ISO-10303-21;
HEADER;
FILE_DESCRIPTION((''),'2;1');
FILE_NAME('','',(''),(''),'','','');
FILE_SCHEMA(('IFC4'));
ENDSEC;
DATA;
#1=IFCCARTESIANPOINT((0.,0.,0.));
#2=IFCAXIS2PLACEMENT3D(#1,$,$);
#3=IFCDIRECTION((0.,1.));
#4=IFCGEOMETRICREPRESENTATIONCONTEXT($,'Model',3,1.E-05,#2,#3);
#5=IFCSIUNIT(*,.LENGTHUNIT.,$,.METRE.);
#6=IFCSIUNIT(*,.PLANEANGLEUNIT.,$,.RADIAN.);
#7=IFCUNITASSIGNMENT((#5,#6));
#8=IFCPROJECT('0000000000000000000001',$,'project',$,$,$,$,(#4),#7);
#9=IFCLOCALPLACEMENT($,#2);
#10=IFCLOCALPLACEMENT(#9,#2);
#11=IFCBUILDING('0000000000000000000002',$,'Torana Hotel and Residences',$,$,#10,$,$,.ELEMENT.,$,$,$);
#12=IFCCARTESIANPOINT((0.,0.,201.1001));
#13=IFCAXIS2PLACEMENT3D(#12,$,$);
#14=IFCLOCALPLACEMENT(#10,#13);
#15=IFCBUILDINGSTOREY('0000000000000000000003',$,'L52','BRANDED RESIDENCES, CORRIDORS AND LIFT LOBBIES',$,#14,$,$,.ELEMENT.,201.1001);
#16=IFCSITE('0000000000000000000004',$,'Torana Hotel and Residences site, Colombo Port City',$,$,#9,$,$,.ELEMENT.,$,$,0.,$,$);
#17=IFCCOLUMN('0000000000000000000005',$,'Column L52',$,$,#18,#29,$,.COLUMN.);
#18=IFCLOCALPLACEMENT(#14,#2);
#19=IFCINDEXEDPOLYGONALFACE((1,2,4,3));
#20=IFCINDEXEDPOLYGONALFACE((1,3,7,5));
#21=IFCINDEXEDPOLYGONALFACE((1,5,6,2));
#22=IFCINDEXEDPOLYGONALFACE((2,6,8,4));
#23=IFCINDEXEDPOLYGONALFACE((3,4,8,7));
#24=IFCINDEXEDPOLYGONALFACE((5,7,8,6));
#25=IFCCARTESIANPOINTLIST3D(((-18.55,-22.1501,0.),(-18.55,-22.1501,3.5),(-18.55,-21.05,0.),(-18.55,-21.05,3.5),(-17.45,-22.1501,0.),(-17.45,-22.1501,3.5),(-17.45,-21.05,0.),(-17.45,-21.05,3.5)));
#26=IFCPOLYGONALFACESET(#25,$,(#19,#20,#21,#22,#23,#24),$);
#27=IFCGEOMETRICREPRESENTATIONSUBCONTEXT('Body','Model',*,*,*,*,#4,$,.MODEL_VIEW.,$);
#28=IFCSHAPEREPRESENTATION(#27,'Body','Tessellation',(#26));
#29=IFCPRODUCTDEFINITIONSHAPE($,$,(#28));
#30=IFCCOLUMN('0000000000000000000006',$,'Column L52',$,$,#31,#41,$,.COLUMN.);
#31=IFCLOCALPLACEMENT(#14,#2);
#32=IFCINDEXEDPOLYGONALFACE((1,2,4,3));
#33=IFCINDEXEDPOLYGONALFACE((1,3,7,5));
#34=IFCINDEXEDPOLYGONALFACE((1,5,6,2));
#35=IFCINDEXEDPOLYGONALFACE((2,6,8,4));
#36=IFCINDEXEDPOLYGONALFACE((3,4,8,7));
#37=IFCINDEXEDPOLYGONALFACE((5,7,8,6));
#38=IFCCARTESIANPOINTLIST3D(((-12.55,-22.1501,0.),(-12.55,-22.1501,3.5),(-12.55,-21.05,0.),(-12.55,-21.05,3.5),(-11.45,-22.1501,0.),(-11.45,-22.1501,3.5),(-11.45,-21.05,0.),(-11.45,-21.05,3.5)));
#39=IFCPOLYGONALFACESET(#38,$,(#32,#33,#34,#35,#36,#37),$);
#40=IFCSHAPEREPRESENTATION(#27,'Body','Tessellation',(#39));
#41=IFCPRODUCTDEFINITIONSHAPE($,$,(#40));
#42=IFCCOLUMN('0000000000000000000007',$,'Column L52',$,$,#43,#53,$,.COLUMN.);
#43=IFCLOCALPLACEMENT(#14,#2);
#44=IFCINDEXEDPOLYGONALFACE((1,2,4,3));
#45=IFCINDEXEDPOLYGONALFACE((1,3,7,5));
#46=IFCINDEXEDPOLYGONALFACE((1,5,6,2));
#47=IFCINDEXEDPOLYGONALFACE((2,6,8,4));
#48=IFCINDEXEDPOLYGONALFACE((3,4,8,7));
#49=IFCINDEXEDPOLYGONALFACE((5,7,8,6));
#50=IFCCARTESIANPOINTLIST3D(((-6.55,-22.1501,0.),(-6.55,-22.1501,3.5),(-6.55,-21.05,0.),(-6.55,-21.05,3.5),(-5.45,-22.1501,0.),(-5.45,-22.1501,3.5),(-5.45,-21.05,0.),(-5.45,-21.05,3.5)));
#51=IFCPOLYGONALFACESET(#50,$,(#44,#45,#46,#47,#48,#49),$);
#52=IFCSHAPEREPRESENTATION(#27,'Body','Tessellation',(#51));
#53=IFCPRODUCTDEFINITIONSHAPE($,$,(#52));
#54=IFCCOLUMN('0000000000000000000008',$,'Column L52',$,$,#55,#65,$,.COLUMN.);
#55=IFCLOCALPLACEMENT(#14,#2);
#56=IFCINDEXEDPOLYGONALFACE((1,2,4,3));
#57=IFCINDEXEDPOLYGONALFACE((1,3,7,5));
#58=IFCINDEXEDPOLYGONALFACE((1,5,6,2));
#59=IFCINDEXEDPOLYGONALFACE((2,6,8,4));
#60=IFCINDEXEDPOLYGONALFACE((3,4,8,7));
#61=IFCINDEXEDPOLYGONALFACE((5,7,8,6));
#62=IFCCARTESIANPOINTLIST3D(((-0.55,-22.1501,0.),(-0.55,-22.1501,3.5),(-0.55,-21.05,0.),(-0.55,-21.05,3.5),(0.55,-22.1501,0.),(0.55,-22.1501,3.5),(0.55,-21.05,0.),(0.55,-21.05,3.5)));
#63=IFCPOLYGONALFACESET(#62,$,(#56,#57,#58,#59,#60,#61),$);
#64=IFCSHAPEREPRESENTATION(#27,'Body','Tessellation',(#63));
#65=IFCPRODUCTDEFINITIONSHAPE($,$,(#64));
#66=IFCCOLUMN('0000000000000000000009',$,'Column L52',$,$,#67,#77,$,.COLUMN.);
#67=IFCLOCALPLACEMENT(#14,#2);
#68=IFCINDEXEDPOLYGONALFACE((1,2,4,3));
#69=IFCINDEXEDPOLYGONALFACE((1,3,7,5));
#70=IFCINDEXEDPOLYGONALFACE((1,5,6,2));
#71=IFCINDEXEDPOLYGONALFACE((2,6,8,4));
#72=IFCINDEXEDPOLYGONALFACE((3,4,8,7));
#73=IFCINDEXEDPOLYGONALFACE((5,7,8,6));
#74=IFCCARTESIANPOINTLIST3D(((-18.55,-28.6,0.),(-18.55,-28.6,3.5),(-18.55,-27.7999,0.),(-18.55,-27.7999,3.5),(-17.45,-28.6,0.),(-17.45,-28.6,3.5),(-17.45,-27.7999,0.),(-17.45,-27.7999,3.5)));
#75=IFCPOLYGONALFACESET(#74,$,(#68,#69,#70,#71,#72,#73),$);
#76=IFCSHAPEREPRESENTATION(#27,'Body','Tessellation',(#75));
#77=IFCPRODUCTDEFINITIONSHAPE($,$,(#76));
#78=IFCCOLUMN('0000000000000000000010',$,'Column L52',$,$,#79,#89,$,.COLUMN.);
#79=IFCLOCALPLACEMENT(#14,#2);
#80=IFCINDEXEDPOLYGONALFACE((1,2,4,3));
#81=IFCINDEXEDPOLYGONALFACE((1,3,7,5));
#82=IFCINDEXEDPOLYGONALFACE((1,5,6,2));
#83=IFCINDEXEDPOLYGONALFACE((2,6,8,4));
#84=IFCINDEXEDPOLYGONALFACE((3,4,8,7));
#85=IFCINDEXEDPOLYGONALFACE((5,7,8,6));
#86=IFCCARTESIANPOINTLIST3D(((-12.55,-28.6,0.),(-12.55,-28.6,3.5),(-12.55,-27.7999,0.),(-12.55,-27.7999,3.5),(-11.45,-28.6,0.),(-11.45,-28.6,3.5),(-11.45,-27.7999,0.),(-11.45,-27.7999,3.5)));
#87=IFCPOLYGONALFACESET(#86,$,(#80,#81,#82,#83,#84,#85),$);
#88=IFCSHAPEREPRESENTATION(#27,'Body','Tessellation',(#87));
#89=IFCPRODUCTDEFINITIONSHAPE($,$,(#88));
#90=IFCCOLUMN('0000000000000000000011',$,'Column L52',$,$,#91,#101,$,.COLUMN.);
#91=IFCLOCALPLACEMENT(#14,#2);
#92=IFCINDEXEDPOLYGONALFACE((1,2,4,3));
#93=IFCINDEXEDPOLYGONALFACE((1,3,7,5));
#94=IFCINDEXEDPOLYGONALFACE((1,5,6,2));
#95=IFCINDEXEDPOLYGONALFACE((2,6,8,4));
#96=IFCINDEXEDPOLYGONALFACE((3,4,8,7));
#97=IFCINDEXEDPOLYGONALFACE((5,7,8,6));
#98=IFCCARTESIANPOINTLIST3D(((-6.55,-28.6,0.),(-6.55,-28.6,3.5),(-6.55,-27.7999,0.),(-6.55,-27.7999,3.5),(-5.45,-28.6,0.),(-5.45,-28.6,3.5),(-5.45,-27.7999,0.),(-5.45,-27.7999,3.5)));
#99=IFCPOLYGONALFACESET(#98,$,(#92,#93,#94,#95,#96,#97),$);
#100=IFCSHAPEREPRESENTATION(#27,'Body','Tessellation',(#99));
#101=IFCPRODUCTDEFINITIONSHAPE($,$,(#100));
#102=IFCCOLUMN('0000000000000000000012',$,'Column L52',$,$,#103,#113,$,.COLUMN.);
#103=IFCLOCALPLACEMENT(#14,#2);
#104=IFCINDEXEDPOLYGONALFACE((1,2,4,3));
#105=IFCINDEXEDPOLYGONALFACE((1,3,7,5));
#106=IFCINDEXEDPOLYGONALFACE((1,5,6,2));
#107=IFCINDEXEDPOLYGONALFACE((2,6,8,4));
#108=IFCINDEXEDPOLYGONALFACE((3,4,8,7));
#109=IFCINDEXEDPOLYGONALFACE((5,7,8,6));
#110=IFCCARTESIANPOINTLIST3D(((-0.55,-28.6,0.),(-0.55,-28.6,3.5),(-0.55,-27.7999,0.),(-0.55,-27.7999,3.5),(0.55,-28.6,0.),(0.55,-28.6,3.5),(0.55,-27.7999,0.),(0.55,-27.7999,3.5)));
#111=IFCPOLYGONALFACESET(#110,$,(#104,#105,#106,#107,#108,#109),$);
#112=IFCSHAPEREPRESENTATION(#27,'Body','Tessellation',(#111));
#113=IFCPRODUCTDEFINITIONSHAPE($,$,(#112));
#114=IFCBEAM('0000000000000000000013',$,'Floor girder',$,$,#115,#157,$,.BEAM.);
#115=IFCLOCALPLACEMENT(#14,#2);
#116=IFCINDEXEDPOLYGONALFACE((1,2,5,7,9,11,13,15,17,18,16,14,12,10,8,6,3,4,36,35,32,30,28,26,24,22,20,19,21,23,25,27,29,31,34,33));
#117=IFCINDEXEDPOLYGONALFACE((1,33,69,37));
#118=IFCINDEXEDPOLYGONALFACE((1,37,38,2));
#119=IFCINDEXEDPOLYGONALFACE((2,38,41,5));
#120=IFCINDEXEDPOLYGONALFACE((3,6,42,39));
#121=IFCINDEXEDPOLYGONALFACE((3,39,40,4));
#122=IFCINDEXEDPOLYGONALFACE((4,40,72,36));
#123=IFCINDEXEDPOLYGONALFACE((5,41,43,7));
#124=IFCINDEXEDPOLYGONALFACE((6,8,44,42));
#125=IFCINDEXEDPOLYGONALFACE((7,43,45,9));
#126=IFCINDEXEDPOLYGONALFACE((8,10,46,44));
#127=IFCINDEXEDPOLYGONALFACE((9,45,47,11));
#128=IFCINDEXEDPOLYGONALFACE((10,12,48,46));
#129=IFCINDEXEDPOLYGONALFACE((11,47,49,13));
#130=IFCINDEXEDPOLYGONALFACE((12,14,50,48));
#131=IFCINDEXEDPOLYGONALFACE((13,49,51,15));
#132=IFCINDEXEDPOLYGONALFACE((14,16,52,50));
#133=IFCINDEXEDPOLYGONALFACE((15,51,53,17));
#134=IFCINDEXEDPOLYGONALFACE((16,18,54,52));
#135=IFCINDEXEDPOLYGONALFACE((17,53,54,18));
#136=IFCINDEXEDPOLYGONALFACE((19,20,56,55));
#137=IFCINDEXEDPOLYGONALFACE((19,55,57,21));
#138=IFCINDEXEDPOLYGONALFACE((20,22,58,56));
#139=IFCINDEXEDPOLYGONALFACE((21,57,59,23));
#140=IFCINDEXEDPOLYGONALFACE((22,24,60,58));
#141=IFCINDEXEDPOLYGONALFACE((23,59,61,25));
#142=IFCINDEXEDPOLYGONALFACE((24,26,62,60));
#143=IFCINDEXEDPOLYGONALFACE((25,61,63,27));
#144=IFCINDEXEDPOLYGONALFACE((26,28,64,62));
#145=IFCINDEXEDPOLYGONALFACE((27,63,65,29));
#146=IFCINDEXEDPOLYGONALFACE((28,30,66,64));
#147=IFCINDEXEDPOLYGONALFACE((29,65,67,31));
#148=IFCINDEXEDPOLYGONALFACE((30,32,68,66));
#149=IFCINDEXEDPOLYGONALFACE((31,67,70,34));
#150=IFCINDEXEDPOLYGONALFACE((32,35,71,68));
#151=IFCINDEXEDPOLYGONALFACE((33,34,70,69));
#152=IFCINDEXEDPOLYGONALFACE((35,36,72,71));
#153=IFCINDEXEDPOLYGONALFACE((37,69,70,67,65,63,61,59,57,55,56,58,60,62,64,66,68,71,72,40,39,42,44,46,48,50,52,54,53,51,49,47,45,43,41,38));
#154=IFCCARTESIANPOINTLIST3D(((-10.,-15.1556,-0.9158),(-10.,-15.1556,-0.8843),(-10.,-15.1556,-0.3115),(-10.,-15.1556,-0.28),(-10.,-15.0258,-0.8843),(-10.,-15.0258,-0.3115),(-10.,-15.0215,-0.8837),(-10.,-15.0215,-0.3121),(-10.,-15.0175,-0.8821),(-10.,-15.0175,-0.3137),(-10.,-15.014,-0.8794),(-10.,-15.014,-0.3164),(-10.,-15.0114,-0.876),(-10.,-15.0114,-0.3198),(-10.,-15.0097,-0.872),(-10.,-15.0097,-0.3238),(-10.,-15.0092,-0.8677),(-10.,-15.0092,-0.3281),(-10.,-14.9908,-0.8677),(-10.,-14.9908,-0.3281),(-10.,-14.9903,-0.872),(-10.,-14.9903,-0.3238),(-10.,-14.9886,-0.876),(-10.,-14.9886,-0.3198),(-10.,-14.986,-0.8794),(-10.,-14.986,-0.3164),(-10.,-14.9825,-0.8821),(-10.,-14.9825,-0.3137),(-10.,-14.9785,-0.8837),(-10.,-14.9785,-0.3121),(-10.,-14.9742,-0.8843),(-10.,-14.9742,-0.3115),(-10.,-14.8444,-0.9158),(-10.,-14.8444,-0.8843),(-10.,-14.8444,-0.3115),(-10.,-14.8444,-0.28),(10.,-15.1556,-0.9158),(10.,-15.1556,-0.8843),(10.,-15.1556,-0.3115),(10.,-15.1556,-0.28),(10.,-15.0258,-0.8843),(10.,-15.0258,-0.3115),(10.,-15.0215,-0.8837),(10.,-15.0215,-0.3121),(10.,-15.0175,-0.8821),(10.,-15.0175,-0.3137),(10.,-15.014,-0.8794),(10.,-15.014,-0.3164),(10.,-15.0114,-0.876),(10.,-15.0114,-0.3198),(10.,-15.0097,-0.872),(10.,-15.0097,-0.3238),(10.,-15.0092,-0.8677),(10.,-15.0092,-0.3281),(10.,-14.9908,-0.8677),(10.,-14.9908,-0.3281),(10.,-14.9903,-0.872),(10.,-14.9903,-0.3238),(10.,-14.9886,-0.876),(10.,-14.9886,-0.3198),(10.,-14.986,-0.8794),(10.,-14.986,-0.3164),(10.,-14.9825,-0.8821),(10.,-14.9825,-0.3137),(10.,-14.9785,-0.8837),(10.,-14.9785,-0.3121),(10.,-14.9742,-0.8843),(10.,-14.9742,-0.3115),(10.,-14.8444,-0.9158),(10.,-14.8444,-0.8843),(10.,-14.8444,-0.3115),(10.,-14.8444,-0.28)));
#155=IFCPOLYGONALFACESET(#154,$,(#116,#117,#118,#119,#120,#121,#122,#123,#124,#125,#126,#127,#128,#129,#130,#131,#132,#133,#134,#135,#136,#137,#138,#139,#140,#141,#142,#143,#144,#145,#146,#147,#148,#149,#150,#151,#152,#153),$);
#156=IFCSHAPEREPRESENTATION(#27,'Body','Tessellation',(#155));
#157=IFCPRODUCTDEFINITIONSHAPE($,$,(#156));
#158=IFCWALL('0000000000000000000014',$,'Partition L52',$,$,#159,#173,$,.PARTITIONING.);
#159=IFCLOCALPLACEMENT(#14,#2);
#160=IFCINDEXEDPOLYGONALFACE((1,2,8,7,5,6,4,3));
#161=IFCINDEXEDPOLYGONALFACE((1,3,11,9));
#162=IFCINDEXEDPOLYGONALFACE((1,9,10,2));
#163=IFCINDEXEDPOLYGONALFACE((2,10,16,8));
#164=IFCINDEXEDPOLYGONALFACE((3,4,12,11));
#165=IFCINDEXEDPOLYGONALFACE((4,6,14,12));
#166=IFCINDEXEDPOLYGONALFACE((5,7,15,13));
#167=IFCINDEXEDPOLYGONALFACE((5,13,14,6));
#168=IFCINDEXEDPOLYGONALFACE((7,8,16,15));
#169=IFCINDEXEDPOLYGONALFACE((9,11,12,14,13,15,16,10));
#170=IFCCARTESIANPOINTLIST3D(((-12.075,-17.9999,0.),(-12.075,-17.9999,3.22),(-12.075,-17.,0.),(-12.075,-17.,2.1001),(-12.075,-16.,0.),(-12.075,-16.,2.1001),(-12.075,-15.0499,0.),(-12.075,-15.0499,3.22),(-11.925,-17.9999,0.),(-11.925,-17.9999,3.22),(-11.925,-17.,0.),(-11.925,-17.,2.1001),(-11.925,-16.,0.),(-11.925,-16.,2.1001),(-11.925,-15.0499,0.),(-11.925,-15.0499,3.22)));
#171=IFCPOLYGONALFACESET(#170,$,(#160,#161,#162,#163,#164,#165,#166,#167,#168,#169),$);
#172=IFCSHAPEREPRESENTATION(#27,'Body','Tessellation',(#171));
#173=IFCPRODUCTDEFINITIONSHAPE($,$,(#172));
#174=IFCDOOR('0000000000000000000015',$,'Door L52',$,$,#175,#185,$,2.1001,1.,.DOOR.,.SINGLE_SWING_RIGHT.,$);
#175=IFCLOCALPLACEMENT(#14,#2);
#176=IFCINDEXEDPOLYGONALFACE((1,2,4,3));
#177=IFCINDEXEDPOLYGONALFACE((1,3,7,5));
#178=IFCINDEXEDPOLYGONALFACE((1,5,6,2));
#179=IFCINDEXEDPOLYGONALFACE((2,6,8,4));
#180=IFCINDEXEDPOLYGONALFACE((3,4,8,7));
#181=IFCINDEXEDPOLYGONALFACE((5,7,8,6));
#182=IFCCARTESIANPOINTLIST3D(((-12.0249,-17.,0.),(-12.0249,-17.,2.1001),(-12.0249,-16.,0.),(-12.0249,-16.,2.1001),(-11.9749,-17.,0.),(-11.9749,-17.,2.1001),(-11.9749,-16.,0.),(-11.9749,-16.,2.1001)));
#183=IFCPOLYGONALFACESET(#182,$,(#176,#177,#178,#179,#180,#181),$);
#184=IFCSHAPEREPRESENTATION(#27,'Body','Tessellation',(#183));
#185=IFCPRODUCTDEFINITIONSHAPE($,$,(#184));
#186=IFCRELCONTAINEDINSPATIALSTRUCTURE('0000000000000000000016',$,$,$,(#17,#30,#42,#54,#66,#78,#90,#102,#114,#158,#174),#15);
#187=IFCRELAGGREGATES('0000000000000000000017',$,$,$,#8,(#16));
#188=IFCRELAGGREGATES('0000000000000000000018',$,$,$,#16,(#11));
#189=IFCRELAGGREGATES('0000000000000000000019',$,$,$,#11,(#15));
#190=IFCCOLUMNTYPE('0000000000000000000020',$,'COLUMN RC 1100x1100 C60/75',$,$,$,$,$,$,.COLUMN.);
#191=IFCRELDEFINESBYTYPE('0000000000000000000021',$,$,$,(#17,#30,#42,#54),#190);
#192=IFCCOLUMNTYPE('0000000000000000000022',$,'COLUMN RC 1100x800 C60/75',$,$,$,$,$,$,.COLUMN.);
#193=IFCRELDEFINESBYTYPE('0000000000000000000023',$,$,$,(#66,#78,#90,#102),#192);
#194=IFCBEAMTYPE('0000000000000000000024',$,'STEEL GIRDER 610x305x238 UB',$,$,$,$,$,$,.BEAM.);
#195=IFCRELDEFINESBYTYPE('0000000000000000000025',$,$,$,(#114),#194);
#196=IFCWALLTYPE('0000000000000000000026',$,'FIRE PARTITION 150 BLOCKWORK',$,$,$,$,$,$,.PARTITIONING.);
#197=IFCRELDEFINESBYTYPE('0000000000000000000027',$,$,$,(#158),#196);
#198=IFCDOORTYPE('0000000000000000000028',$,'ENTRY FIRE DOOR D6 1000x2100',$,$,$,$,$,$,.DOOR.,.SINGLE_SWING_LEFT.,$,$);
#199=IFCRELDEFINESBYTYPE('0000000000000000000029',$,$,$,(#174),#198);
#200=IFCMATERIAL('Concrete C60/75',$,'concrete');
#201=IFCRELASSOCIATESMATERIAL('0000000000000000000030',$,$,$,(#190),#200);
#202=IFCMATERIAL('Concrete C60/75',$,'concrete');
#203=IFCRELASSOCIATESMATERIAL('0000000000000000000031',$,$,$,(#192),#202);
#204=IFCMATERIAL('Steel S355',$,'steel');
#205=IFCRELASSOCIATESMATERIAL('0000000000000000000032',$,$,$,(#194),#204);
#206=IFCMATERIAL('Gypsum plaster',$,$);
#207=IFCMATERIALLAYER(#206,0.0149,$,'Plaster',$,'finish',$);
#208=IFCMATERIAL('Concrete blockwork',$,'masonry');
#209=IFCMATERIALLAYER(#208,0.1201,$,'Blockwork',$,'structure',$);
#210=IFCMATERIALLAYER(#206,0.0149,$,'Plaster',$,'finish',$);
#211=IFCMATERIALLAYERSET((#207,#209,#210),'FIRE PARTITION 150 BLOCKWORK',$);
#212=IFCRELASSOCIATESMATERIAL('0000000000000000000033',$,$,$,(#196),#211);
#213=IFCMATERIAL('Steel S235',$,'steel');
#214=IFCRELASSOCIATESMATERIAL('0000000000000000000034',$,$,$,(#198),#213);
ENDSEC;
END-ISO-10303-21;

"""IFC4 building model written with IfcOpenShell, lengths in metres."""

from ifc_helpers import new_model, si_unit, direction, frame, frame_2d, origin, origin_2d, place, context, subcontext, project, spatial, rectangle, i_section, extrude, material, layer, layer_set, material_profile, profile_set, type_object, element, fill, save


model = new_model("IFC4")

# Units and contexts
model_context = context("Model", 3, precision=1e-05, world=origin(), true_north=direction((0.0, 1.0)))
body_context = subcontext(model_context, "Body", "Model", "MODEL_VIEW")
ifc_project = project(units=[si_unit("LENGTHUNIT", "METRE"), si_unit("PLANEANGLEUNIT", "RADIAN")], contexts=[model_context])

# Site, building, storey
site_placement = place(None, origin())
site = spatial("IfcSite", under=ifc_project, at=site_placement, Name="Torana Hotel and Residences site, Colombo Port City", CompositionType="ELEMENT", RefElevation=0.0)
building_placement = place(site_placement, origin())
building = spatial("IfcBuilding", under=site, at=building_placement, Name="Torana Hotel and Residences", CompositionType="ELEMENT")
storey_placement = place(building_placement, frame((0.0, 0.0, 201.1001)))
storey = spatial("IfcBuildingStorey", under=building, at=storey_placement, Name="L52", Description="BRANDED RESIDENCES, CORRIDORS AND LIFT LOBBIES", CompositionType="ELEMENT", Elevation=201.1001)

# Columns
ifc_material_1 = material(Name="Concrete C60/75", Category="concrete")
ifc_material_profile_1 = material_profile(ifc_material_1, rectangle(XDim=1.1001, YDim=1.1001, at=origin_2d()), Name="RC 1100x1100")
ifc_profile_set_1 = profile_set([ifc_material_profile_1], Name="Concrete C60/75")
column_type_1 = type_object("IfcColumnType", Name="COLUMN RC 1100x1100 C60/75", PredefinedType="COLUMN", material=ifc_profile_set_1)
for number, where, z_axis, x_axis, name in (
    (1, (-18.0, -21.6001, 0.0), (0.0, 0.0, 1.0), (1.0, 0.0, 0.0), "Column L52"),
    (2, (-12.0, -21.6001, 0.0), (0.0, 0.0, 1.0), (1.0, 0.0, 0.0), "Column L52"),
    (3, (-6.0, -21.6001, 0.0), (0.0, 0.0, 1.0), (1.0, 0.0, 0.0), "Column L52"),
    (4, (0.0, -21.6001, 0.0), (0.0, 0.0, 1.0), (1.0, 0.0, 0.0), "Column L52"),
):
    element("IfcColumn", number, at=place(storey_placement, frame(where, z_axis=z_axis, x_axis=x_axis)), inside=storey, type_object=column_type_1, Name=name, PredefinedType="COLUMN", context=body_context, shape_type="SweptSolid", body=[
        extrude(rectangle(XDim=1.1001, YDim=1.1001, at=origin_2d()), origin(), (0.0, 0.0, 1.0), 3.5),
    ])
ifc_material_2 = material(Name="Concrete C60/75", Category="concrete")
ifc_material_profile_2 = material_profile(ifc_material_2, rectangle(XDim=1.1001, YDim=0.8, at=origin_2d()), Name="RC 1100x800")
ifc_profile_set_2 = profile_set([ifc_material_profile_2], Name="Concrete C60/75")
column_type_2 = type_object("IfcColumnType", Name="COLUMN RC 1100x800 C60/75", PredefinedType="COLUMN", material=ifc_profile_set_2)
for number, where, z_axis, x_axis, name in (
    (5, (-18.0, -28.2, 0.0), (0.0, 0.0, 1.0), (1.0, 0.0, 0.0), "Column L52"),
    (6, (-12.0, -28.2, 0.0), (0.0, 0.0, 1.0), (1.0, 0.0, 0.0), "Column L52"),
    (7, (-6.0, -28.2, 0.0), (0.0, 0.0, 1.0), (1.0, 0.0, 0.0), "Column L52"),
    (8, (0.0, -28.2, 0.0), (0.0, 0.0, 1.0), (1.0, 0.0, 0.0), "Column L52"),
):
    element("IfcColumn", number, at=place(storey_placement, frame(where, z_axis=z_axis, x_axis=x_axis)), inside=storey, type_object=column_type_2, Name=name, PredefinedType="COLUMN", context=body_context, shape_type="SweptSolid", body=[
        extrude(rectangle(XDim=1.1001, YDim=0.8, at=origin_2d()), origin(), (0.0, 0.0, 1.0), 3.5),
    ])

# Beam
ifc_material_3 = material(Name="Steel S355", Category="steel")
ifc_material_profile_3 = material_profile(ifc_material_3, i_section(OverallWidth=0.3113, OverallDepth=0.6357, WebThickness=0.0183, FlangeThickness=0.0315, FilletRadius=0.0166, at=origin_2d()), Name="610x305x238 UB")
ifc_profile_set_3 = profile_set([ifc_material_profile_3], Name="Steel S355")
beam_type = type_object("IfcBeamType", Name="STEEL GIRDER 610x305x238 UB", PredefinedType="BEAM", material=ifc_profile_set_3)
beam_placement = place(storey_placement, frame((-10.0, -15.0, -0.5979), z_axis=(1.0, 0.0, 0.0), x_axis=(0.0, 1.0, 0.0)))
element("IfcBeam", 9, at=beam_placement, inside=storey, type_object=beam_type, Name="Floor girder", PredefinedType="BEAM", context=body_context, shape_type="SweptSolid", body=[
    extrude(i_section(OverallWidth=0.3113, OverallDepth=0.6357, WebThickness=0.0183, FlangeThickness=0.0315, FilletRadius=0.0166, at=origin_2d()), origin(), (0.0, 0.0, 1.0), 20.0),
])

# Wall, opening, door
ifc_material_4 = material(Name="Gypsum plaster")
ifc_layer_1 = layer(ifc_material_4, 0.0149, Name="Plaster", Category="finish")
ifc_material_5 = material(Name="Concrete blockwork", Category="masonry")
ifc_layer_2 = layer(ifc_material_5, 0.1201, Name="Blockwork", Category="structure")
ifc_layer_3 = layer(ifc_material_4, 0.0149, Name="Plaster", Category="finish")
ifc_layer_set_1 = layer_set([ifc_layer_1, ifc_layer_2, ifc_layer_3], Name="FIRE PARTITION 150 BLOCKWORK")
wall_type_1 = type_object("IfcWallType", Name="FIRE PARTITION 150 BLOCKWORK", PredefinedType="PARTITIONING", material=ifc_layer_set_1)
wall_1_placement = place(storey_placement, frame((-12.0, -18.0, 0.0), z_axis=(0.0, 0.0, 1.0), x_axis=(0.0, 1.0, 0.0)))
wall_1 = element("IfcWall", 10, at=wall_1_placement, inside=storey, type_object=wall_type_1, Name="Partition L52", PredefinedType="PARTITIONING", context=body_context, shape_type="SweptSolid", body=[
    extrude(rectangle(XDim=2.95, YDim=0.1499, at=frame_2d((1.4751, 0.0))), origin(), (0.0, 0.0, 1.0), 3.22),
])
opening_1_placement = place(wall_1_placement, frame((1.0, 0.0, 0.0)))
opening_1 = element("IfcOpeningElement", 11, at=opening_1_placement, cuts=wall_1, PredefinedType="OPENING", context=body_context, shape_type="SweptSolid", body=[
    extrude(rectangle(XDim=1.0, YDim=2.1001, at=frame_2d((0.5, 1.05))), frame((0.0, 0.085, 0.0), z_axis=(0.0, -1.0, 0.0), x_axis=(1.0, 0.0, 0.0)), (0.0, 0.0, 1.0), 0.1699),
])
ifc_material_6 = material(Name="Steel S235", Category="steel")
door_type_1 = type_object("IfcDoorType", Name="ENTRY FIRE DOOR D6 1000x2100", OperationType="SINGLE_SWING_LEFT", PredefinedType="DOOR", material=ifc_material_6)
door_1_placement = place(opening_1_placement, origin())
door_1 = element("IfcDoor", 12, at=door_1_placement, inside=storey, type_object=door_type_1, Name="Door L52", OperationType="SINGLE_SWING_RIGHT", OverallHeight=2.1001, OverallWidth=1.0, PredefinedType="DOOR", context=body_context, shape_type="SweptSolid", body=[
    extrude(rectangle(XDim=1.0, YDim=2.1001, at=frame_2d((0.5, 1.05))), frame((0.0, 0.0249, 0.0), z_axis=(0.0, -1.0, 0.0), x_axis=(1.0, 0.0, 0.0)), (0.0, 0.0, 1.0), 0.05),
])
fill(opening_1, door_1)

save(model, "model.ifc")
